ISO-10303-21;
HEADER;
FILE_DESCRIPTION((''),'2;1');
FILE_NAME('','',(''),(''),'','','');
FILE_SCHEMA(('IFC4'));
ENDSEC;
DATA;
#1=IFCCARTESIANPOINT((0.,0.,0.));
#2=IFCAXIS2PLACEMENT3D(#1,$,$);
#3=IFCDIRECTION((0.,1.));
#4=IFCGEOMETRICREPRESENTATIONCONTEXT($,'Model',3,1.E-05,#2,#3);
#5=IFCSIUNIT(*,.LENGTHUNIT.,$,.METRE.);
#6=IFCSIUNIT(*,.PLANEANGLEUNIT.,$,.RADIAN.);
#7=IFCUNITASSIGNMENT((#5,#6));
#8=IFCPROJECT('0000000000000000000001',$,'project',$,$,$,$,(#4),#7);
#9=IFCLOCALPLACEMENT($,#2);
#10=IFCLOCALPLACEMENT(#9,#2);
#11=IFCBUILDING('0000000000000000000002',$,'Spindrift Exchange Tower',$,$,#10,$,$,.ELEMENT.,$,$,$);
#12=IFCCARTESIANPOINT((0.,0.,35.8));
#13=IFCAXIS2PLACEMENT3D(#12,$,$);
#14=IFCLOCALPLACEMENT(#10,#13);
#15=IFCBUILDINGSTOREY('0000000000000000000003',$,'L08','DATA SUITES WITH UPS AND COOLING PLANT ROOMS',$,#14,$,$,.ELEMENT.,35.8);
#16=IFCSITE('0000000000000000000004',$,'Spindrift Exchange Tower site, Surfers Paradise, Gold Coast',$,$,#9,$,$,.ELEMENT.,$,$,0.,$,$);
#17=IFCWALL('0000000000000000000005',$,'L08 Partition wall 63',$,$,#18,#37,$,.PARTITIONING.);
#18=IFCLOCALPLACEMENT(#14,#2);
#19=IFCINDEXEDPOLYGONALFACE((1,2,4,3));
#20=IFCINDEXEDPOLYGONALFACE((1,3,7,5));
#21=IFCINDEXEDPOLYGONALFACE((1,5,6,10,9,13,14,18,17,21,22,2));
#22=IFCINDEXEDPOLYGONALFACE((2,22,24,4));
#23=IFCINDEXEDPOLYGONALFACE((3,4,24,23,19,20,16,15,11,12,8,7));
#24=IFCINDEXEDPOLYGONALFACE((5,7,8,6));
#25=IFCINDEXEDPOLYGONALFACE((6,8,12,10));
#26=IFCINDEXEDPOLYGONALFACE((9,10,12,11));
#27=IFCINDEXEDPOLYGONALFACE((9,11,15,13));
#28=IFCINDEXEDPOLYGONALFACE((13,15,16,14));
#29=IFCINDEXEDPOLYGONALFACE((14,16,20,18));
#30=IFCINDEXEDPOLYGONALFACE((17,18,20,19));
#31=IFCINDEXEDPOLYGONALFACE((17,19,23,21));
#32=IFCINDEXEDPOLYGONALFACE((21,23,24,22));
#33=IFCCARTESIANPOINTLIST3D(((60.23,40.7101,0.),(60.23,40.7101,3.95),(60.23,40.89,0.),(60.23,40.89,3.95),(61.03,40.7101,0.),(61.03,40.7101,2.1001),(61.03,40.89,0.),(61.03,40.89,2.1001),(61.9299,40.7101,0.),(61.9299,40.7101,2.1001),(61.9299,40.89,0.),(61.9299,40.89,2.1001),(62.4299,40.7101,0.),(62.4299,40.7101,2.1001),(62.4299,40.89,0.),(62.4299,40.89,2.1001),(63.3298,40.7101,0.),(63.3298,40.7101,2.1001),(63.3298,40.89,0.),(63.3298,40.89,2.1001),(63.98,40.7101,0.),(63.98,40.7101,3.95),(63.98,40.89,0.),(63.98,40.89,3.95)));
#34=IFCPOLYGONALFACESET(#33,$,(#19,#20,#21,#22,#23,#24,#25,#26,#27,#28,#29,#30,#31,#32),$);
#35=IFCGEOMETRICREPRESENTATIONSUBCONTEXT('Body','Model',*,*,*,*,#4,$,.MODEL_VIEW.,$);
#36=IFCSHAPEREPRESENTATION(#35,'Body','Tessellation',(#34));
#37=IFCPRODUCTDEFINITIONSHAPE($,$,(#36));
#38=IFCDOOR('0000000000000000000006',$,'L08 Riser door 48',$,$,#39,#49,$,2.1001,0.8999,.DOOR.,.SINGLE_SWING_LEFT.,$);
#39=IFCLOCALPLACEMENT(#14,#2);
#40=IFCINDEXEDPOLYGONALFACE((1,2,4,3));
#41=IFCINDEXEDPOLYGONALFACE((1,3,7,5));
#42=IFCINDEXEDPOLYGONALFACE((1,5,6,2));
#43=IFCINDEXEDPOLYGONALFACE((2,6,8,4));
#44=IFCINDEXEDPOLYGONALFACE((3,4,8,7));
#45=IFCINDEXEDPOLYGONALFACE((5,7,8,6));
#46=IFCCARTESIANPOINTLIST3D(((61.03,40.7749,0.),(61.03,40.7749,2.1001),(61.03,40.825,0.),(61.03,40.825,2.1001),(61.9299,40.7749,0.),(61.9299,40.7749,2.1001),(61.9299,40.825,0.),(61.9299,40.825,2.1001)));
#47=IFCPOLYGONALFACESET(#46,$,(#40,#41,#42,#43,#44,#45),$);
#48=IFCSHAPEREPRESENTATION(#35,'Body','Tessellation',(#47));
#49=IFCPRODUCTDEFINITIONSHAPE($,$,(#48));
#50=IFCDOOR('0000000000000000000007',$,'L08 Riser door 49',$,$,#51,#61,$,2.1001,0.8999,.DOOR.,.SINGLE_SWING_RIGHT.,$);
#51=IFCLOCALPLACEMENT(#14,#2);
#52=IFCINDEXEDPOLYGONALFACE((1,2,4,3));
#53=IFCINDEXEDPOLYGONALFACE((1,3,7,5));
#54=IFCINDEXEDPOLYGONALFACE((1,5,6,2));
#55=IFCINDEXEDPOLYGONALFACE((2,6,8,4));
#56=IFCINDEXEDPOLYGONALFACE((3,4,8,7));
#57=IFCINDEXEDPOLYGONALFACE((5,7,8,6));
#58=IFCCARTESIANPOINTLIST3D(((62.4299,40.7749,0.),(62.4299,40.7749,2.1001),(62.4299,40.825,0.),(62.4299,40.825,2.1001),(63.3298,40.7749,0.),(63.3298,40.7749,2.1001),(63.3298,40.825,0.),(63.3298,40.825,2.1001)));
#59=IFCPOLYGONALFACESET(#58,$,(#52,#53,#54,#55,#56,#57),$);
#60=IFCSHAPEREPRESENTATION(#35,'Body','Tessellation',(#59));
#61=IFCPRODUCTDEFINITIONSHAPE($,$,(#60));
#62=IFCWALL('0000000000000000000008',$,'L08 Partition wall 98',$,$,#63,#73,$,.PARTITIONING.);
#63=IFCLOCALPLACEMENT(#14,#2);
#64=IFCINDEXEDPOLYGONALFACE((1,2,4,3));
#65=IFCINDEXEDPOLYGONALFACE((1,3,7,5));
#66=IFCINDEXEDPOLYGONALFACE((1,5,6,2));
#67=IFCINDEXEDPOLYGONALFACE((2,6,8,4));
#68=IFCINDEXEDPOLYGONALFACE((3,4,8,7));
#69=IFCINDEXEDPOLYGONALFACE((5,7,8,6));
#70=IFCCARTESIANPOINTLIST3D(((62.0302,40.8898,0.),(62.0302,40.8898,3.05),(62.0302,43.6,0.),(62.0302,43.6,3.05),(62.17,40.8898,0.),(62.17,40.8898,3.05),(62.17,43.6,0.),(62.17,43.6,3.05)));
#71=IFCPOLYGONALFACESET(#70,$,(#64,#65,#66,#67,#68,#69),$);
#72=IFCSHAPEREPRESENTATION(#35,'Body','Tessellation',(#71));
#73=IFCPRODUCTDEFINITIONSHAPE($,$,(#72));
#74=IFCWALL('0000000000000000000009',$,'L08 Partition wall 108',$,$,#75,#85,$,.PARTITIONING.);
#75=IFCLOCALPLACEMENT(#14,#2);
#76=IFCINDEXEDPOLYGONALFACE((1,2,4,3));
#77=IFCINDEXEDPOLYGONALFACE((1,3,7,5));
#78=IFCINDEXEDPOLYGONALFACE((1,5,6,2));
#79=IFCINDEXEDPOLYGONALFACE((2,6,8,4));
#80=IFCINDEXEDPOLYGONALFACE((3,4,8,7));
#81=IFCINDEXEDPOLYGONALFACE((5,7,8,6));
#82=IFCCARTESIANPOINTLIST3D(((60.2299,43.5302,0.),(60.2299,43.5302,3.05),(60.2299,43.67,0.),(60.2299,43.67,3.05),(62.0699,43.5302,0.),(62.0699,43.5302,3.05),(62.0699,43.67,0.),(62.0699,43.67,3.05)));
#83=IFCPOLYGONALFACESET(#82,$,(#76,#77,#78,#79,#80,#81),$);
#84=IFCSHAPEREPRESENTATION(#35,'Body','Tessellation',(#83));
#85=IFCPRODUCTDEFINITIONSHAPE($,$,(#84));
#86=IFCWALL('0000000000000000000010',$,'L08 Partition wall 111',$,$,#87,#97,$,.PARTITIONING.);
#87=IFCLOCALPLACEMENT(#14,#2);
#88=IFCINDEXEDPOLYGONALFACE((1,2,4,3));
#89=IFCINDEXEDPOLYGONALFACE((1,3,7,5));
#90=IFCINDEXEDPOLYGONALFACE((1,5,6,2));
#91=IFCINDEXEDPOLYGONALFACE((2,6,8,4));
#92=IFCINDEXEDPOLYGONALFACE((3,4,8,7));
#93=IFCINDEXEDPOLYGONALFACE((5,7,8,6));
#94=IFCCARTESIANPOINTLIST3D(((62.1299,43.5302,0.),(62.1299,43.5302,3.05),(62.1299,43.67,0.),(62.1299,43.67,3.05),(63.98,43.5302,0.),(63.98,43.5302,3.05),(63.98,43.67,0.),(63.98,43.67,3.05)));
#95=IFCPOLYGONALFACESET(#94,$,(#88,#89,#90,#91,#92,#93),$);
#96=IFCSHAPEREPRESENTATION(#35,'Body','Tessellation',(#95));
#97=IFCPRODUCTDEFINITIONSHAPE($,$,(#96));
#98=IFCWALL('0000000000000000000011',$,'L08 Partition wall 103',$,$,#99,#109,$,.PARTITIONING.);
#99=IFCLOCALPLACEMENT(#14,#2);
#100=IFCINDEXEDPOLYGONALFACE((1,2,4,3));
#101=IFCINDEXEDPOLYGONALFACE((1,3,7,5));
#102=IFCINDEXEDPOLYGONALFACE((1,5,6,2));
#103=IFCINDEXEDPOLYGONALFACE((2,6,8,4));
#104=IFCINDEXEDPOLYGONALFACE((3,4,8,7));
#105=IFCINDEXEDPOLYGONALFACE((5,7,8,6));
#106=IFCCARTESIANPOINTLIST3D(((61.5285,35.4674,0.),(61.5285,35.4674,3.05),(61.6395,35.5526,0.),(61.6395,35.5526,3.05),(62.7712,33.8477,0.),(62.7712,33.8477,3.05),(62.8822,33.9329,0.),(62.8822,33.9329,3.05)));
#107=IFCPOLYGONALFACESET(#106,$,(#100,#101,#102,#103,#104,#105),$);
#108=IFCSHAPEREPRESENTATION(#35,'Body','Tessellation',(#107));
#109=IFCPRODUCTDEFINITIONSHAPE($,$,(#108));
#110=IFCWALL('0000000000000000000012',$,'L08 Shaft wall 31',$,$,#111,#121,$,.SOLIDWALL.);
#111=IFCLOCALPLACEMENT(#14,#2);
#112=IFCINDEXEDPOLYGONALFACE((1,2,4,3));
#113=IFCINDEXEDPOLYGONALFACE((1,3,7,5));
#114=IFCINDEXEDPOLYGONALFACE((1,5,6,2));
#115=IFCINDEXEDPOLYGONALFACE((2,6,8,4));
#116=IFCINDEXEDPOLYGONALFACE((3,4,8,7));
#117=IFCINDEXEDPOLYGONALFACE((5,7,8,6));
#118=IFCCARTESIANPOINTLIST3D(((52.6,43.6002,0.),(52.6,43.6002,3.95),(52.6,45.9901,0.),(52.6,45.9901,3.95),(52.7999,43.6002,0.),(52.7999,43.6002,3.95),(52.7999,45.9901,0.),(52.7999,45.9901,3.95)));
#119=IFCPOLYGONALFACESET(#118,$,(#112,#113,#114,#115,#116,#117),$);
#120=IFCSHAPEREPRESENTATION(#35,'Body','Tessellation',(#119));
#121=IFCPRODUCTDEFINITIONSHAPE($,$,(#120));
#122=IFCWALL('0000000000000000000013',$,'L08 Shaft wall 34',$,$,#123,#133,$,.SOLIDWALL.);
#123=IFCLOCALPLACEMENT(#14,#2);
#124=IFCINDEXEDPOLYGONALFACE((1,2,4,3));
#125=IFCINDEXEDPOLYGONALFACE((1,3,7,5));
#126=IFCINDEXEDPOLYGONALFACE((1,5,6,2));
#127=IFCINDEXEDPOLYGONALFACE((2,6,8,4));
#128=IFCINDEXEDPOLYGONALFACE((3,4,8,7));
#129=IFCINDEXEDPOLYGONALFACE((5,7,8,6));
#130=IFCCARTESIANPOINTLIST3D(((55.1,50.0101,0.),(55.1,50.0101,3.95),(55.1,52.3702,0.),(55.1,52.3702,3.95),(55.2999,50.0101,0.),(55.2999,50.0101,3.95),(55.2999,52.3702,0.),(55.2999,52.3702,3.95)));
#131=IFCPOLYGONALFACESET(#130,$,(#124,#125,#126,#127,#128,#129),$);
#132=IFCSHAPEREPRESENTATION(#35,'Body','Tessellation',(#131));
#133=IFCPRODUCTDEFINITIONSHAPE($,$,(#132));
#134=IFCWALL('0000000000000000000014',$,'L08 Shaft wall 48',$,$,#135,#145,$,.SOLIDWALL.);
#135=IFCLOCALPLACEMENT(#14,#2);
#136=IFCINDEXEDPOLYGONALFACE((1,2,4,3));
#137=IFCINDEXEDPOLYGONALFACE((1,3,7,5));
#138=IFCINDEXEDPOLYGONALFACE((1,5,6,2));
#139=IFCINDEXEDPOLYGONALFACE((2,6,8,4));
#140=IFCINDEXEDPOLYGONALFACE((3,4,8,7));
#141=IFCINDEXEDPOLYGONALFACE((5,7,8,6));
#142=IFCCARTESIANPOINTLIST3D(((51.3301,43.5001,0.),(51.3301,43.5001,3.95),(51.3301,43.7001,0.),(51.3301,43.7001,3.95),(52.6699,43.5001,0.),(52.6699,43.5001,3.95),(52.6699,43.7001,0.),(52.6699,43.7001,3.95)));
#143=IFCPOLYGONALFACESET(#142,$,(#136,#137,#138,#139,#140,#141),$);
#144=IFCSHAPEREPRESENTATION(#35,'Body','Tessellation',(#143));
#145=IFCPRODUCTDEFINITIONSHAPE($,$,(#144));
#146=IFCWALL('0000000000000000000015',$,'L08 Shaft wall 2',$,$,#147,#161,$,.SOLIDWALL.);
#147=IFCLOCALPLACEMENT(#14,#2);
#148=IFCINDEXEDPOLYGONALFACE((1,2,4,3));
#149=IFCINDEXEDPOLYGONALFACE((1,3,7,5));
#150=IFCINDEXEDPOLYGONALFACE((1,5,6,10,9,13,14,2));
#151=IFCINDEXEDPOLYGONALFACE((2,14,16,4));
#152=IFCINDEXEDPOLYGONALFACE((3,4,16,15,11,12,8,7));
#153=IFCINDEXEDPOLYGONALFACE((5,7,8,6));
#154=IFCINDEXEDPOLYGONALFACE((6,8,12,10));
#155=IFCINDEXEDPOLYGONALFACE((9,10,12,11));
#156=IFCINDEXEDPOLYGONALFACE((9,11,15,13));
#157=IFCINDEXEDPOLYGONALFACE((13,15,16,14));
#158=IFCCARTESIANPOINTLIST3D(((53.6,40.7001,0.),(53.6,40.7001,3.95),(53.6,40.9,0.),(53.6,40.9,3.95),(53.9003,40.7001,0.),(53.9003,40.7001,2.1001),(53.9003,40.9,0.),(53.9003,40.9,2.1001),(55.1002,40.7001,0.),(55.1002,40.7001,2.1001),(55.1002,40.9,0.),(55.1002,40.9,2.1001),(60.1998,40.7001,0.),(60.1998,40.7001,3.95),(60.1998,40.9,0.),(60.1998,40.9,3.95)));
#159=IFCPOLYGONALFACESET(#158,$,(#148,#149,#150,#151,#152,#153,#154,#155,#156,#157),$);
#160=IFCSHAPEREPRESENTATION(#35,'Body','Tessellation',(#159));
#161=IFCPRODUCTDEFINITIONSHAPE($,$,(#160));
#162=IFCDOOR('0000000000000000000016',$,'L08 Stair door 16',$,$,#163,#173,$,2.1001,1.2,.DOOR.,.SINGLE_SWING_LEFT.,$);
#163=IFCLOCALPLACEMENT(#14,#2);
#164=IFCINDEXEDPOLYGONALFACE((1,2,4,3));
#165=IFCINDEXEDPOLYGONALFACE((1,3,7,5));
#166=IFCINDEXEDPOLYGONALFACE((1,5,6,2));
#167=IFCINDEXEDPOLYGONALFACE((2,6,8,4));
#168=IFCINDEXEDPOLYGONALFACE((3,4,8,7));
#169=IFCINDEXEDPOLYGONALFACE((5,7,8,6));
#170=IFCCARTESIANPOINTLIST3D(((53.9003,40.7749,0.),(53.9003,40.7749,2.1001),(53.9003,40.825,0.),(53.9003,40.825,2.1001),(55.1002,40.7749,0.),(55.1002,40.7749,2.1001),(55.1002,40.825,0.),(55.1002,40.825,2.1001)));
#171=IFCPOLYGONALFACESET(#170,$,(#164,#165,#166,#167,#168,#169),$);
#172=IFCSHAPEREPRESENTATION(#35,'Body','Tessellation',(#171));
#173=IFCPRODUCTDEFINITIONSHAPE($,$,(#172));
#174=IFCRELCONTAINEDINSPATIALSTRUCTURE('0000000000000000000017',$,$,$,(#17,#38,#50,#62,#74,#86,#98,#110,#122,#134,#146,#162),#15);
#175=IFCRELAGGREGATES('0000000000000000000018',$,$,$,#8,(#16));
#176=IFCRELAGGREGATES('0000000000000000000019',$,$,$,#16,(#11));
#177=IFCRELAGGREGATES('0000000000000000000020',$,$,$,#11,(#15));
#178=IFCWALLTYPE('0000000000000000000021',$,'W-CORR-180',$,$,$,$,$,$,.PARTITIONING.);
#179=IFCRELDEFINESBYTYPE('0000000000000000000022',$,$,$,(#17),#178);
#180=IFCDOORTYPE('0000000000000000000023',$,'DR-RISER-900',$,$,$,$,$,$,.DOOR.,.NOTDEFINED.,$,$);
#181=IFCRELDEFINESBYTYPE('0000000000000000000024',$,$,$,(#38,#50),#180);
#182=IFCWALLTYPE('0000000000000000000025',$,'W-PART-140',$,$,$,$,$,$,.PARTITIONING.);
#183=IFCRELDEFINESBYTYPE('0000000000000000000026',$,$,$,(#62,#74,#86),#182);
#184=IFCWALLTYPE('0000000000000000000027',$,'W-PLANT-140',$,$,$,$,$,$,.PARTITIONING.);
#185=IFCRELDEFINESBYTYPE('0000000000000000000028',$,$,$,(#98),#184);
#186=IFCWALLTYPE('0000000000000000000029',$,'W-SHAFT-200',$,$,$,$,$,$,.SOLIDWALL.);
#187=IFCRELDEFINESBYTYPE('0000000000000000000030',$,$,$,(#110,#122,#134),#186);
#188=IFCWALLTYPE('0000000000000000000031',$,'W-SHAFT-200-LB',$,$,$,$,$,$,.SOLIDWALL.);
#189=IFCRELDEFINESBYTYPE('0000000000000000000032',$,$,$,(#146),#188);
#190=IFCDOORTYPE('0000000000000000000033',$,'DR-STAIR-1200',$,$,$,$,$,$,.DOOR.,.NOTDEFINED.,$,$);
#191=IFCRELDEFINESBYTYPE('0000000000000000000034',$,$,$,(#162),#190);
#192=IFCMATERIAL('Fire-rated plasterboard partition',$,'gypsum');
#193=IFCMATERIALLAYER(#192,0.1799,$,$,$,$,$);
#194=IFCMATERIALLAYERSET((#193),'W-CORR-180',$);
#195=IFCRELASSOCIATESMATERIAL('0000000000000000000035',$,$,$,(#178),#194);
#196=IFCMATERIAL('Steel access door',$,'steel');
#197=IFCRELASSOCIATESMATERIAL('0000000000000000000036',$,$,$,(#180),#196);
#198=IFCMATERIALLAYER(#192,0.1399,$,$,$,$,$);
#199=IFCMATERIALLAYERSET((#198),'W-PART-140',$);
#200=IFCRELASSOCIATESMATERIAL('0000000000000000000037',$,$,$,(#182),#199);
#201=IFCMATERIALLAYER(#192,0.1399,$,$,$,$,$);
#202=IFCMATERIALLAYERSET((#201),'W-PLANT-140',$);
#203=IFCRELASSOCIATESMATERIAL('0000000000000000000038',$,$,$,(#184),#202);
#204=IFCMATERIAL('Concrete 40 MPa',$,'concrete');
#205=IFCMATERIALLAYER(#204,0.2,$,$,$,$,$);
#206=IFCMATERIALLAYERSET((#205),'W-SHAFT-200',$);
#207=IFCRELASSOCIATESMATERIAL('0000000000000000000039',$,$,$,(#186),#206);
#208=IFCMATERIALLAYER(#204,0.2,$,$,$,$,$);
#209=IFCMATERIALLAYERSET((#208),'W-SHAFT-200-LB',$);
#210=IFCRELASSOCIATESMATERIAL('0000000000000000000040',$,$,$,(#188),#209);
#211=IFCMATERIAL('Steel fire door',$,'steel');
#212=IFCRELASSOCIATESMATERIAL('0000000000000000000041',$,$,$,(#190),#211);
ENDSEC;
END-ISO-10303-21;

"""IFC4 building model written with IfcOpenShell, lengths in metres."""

from ifc_helpers import new_model, si_unit, direction, frame, frame_2d, origin, place, context, subcontext, project, spatial, rectangle, extrude, source, transform, mapped, material, layer, layer_set, type_object, element, fill, save


model = new_model("IFC4")

# Units and contexts
model_context = context("Model", 3, precision=1e-05, world=origin(), true_north=direction((0.0, 1.0)))
body_context = subcontext(model_context, "Body", "Model", "MODEL_VIEW")
ifc_project = project(units=[si_unit("LENGTHUNIT", "METRE"), si_unit("PLANEANGLEUNIT", "RADIAN")], contexts=[model_context])

# Site, building, storey
site_placement = place(None, origin())
site = spatial("IfcSite", under=ifc_project, at=site_placement, Name="Spindrift Exchange Tower site, Surfers Paradise, Gold Coast", CompositionType="ELEMENT", RefElevation=0.0)
building_placement = place(site_placement, origin())
building = spatial("IfcBuilding", under=site, at=building_placement, Name="Spindrift Exchange Tower", CompositionType="ELEMENT")
storey_placement = place(building_placement, frame((0.0, 0.0, 35.8)))
storey = spatial("IfcBuildingStorey", under=building, at=storey_placement, Name="L08", Description="DATA SUITES WITH UPS AND COOLING PLANT ROOMS", CompositionType="ELEMENT", Elevation=35.8)

# Wall, openings, doors
ifc_material_1 = material(Name="Fire-rated plasterboard partition", Category="gypsum")
ifc_layer_1 = layer(ifc_material_1, 0.1799)
ifc_layer_set_1 = layer_set([ifc_layer_1], Name="W-CORR-180")
wall_type_1 = type_object("IfcWallType", Name="W-CORR-180", PredefinedType="PARTITIONING", material=ifc_layer_set_1)
wall_1_placement = place(storey_placement, frame((60.23, 40.8, 0.0), z_axis=(0.0, 0.0, 1.0), x_axis=(1.0, 0.0, 0.0)))
wall_1 = element("IfcWall", 1, at=wall_1_placement, inside=storey, type_object=wall_type_1, Name="L08 Partition wall 63", PredefinedType="PARTITIONING", context=body_context, shape_type="SweptSolid", body=[
    extrude(rectangle(XDim=3.75, YDim=0.1799, at=frame_2d((1.875, 0.0))), origin(), (0.0, 0.0, 1.0), 3.95),
])
opening_1_placement = place(wall_1_placement, frame((0.8, 0.0, 0.0)))
opening_1 = element("IfcOpeningElement", 2, at=opening_1_placement, cuts=wall_1, PredefinedType="OPENING", context=body_context, shape_type="SweptSolid", body=[
    extrude(rectangle(XDim=0.8999, YDim=2.1001, at=frame_2d((0.45, 1.05))), frame((0.0, 0.0999, 0.0), z_axis=(0.0, -1.0, 0.0), x_axis=(1.0, 0.0, 0.0)), (0.0, 0.0, 1.0), 0.2),
])
opening_2_placement = place(wall_1_placement, frame((2.2, 0.0, 0.0)))
opening_2 = element("IfcOpeningElement", 3, at=opening_2_placement, cuts=wall_1, PredefinedType="OPENING", context=body_context, shape_type="SweptSolid", body=[
    extrude(rectangle(XDim=0.8999, YDim=2.1001, at=frame_2d((0.45, 1.05))), frame((0.0, 0.0999, 0.0), z_axis=(0.0, -1.0, 0.0), x_axis=(1.0, 0.0, 0.0)), (0.0, 0.0, 1.0), 0.2),
])
ifc_material_2 = material(Name="Steel access door", Category="steel")
door_type_1 = type_object("IfcDoorType", Name="DR-RISER-900", OperationType="NOTDEFINED", PredefinedType="DOOR", material=ifc_material_2)
shared_shape_1 = source(origin(), body_context, "Body", "SweptSolid", [
    extrude(rectangle(XDim=0.8999, YDim=2.1001, at=frame_2d((0.45, 1.05))), frame((0.0, 0.0249, 0.0), z_axis=(0.0, -1.0, 0.0), x_axis=(1.0, 0.0, 0.0)), (0.0, 0.0, 1.0), 0.05),
])
door_1_placement = place(opening_1_placement, origin())
door_1 = element("IfcDoor", 4, at=door_1_placement, inside=storey, type_object=door_type_1, Name="L08 Riser door 48", OperationType="SINGLE_SWING_LEFT", OverallHeight=2.1001, OverallWidth=0.8999, PredefinedType="DOOR", context=body_context, shape_type="MappedRepresentation", body=[
    mapped(shared_shape_1, transform((0.0, 0.0, 0.0), scale=1.0)),
])
fill(opening_1, door_1)
door_2_placement = place(opening_2_placement, origin())
door_2 = element("IfcDoor", 5, at=door_2_placement, inside=storey, type_object=door_type_1, Name="L08 Riser door 49", OperationType="SINGLE_SWING_RIGHT", OverallHeight=2.1001, OverallWidth=0.8999, PredefinedType="DOOR", context=body_context, shape_type="MappedRepresentation", body=[
    mapped(shared_shape_1, transform((0.0, 0.0, 0.0), scale=1.0)),
])
fill(opening_2, door_2)

# Walls
ifc_layer_2 = layer(ifc_material_1, 0.1399)
ifc_layer_set_2 = layer_set([ifc_layer_2], Name="W-PART-140")
wall_type_2 = type_object("IfcWallType", Name="W-PART-140", PredefinedType="PARTITIONING", material=ifc_layer_set_2)
wall_2_placement = place(storey_placement, frame((62.1001, 40.8899, 0.0), z_axis=(0.0, 0.0, 1.0), x_axis=(0.0, 1.0, 0.0)))
element("IfcWall", 6, at=wall_2_placement, inside=storey, type_object=wall_type_2, Name="L08 Partition wall 98", PredefinedType="PARTITIONING", context=body_context, shape_type="SweptSolid", body=[
    extrude(rectangle(XDim=2.7102, YDim=0.1399, at=frame_2d((1.355, 0.0))), origin(), (0.0, 0.0, 1.0), 3.05),
])
wall_3_placement = place(storey_placement, frame((60.23, 43.6001, 0.0), z_axis=(0.0, 0.0, 1.0), x_axis=(1.0, 0.0, 0.0)))
element("IfcWall", 7, at=wall_3_placement, inside=storey, type_object=wall_type_2, Name="L08 Partition wall 108", PredefinedType="PARTITIONING", context=body_context, shape_type="SweptSolid", body=[
    extrude(rectangle(XDim=1.8401, YDim=0.1399, at=frame_2d((0.9199, 0.0))), origin(), (0.0, 0.0, 1.0), 3.05),
])
wall_4_placement = place(storey_placement, frame((62.1299, 43.6001, 0.0), z_axis=(0.0, 0.0, 1.0), x_axis=(1.0, 0.0, 0.0)))
element("IfcWall", 8, at=wall_4_placement, inside=storey, type_object=wall_type_2, Name="L08 Partition wall 111", PredefinedType="PARTITIONING", context=body_context, shape_type="SweptSolid", body=[
    extrude(rectangle(XDim=1.8501, YDim=0.1399, at=frame_2d((0.925, 0.0))), origin(), (0.0, 0.0, 1.0), 3.05),
])
ifc_layer_3 = layer(ifc_material_1, 0.1399)
ifc_layer_set_3 = layer_set([ifc_layer_3], Name="W-PLANT-140")
wall_type_3 = type_object("IfcWallType", Name="W-PLANT-140", PredefinedType="PARTITIONING", material=ifc_layer_set_3)
wall_5_placement = place(storey_placement, frame((61.584, 35.51, 0.0), z_axis=(0.0, 0.0, 1.0), x_axis=(0.608728, -0.793379, 0.0)))
element("IfcWall", 9, at=wall_5_placement, inside=storey, type_object=wall_type_3, Name="L08 Partition wall 103", PredefinedType="PARTITIONING", context=body_context, shape_type="SweptSolid", body=[
    extrude(rectangle(XDim=2.0415, YDim=0.1399, at=frame_2d((1.0208, 0.0))), origin(), (0.0, 0.0, 1.0), 3.05),
])
ifc_material_3 = material(Name="Concrete 40 MPa", Category="concrete")
ifc_layer_4 = layer(ifc_material_3, 0.2)
ifc_layer_set_4 = layer_set([ifc_layer_4], Name="W-SHAFT-200")
wall_type_4 = type_object("IfcWallType", Name="W-SHAFT-200", PredefinedType="SOLIDWALL", material=ifc_layer_set_4)
wall_6_placement = place(storey_placement, frame((52.7, 45.99, 0.0), z_axis=(0.0, 0.0, 1.0), x_axis=(0.0, -1.0, 0.0)))
element("IfcWall", 10, at=wall_6_placement, inside=storey, type_object=wall_type_4, Name="L08 Shaft wall 31", PredefinedType="SOLIDWALL", context=body_context, shape_type="SweptSolid", body=[
    extrude(rectangle(XDim=2.3899, YDim=0.2, at=frame_2d((1.1948, 0.0))), origin(), (0.0, 0.0, 1.0), 3.95),
])
wall_7_placement = place(storey_placement, frame((55.2, 50.01, 0.0), z_axis=(0.0, 0.0, 1.0), x_axis=(0.0, 1.0, 0.0)))
element("IfcWall", 11, at=wall_7_placement, inside=storey, type_object=wall_type_4, Name="L08 Shaft wall 34", PredefinedType="SOLIDWALL", context=body_context, shape_type="SweptSolid", body=[
    extrude(rectangle(XDim=2.3601, YDim=0.2, at=frame_2d((1.1802, 0.0))), origin(), (0.0, 0.0, 1.0), 3.95),
])
wall_8_placement = place(storey_placement, frame((52.6699, 43.6001, 0.0), z_axis=(0.0, 0.0, 1.0), x_axis=(-1.0, 0.0, 0.0)))
element("IfcWall", 12, at=wall_8_placement, inside=storey, type_object=wall_type_4, Name="L08 Shaft wall 48", PredefinedType="SOLIDWALL", context=body_context, shape_type="SweptSolid", body=[
    extrude(rectangle(XDim=1.3398, YDim=0.2, at=frame_2d((0.6699, 0.0))), origin(), (0.0, 0.0, 1.0), 3.95),
])

# Wall, opening, door
ifc_layer_5 = layer(ifc_material_3, 0.2)
ifc_layer_set_5 = layer_set([ifc_layer_5], Name="W-SHAFT-200-LB")
wall_type_5 = type_object("IfcWallType", Name="W-SHAFT-200-LB", PredefinedType="SOLIDWALL", material=ifc_layer_set_5)
wall_9_placement = place(storey_placement, frame((53.6001, 40.8, 0.0), z_axis=(0.0, 0.0, 1.0), x_axis=(1.0, 0.0, 0.0)))
wall_9 = element("IfcWall", 13, at=wall_9_placement, inside=storey, type_object=wall_type_5, Name="L08 Shaft wall 2", PredefinedType="SOLIDWALL", context=body_context, shape_type="SweptSolid", body=[
    extrude(rectangle(XDim=6.5999, YDim=0.2, at=frame_2d((3.2998, 0.0))), origin(), (0.0, 0.0, 1.0), 3.95),
])
opening_3_placement = place(wall_9_placement, frame((0.3, 0.0, 0.0)))
opening_3 = element("IfcOpeningElement", 14, at=opening_3_placement, cuts=wall_9, PredefinedType="OPENING", context=body_context, shape_type="SweptSolid", body=[
    extrude(rectangle(XDim=1.2, YDim=2.1001, at=frame_2d((0.6001, 1.05))), frame((0.0, 0.1099, 0.0), z_axis=(0.0, -1.0, 0.0), x_axis=(1.0, 0.0, 0.0)), (0.0, 0.0, 1.0), 0.22),
])
ifc_material_4 = material(Name="Steel fire door", Category="steel")
door_type_2 = type_object("IfcDoorType", Name="DR-STAIR-1200", OperationType="NOTDEFINED", PredefinedType="DOOR", material=ifc_material_4)
shared_shape_2 = source(origin(), body_context, "Body", "SweptSolid", [
    extrude(rectangle(XDim=1.2, YDim=2.1001, at=frame_2d((0.6001, 1.05))), frame((0.0, 0.0249, 0.0), z_axis=(0.0, -1.0, 0.0), x_axis=(1.0, 0.0, 0.0)), (0.0, 0.0, 1.0), 0.05),
])
door_3_placement = place(opening_3_placement, origin())
door_3 = element("IfcDoor", 15, at=door_3_placement, inside=storey, type_object=door_type_2, Name="L08 Stair door 16", OperationType="SINGLE_SWING_LEFT", OverallHeight=2.1001, OverallWidth=1.2, PredefinedType="DOOR", context=body_context, shape_type="MappedRepresentation", body=[
    mapped(shared_shape_2, transform((0.0, 0.0, 0.0), scale=1.0)),
])
fill(opening_3, door_3)

save(model, "model.ifc")
